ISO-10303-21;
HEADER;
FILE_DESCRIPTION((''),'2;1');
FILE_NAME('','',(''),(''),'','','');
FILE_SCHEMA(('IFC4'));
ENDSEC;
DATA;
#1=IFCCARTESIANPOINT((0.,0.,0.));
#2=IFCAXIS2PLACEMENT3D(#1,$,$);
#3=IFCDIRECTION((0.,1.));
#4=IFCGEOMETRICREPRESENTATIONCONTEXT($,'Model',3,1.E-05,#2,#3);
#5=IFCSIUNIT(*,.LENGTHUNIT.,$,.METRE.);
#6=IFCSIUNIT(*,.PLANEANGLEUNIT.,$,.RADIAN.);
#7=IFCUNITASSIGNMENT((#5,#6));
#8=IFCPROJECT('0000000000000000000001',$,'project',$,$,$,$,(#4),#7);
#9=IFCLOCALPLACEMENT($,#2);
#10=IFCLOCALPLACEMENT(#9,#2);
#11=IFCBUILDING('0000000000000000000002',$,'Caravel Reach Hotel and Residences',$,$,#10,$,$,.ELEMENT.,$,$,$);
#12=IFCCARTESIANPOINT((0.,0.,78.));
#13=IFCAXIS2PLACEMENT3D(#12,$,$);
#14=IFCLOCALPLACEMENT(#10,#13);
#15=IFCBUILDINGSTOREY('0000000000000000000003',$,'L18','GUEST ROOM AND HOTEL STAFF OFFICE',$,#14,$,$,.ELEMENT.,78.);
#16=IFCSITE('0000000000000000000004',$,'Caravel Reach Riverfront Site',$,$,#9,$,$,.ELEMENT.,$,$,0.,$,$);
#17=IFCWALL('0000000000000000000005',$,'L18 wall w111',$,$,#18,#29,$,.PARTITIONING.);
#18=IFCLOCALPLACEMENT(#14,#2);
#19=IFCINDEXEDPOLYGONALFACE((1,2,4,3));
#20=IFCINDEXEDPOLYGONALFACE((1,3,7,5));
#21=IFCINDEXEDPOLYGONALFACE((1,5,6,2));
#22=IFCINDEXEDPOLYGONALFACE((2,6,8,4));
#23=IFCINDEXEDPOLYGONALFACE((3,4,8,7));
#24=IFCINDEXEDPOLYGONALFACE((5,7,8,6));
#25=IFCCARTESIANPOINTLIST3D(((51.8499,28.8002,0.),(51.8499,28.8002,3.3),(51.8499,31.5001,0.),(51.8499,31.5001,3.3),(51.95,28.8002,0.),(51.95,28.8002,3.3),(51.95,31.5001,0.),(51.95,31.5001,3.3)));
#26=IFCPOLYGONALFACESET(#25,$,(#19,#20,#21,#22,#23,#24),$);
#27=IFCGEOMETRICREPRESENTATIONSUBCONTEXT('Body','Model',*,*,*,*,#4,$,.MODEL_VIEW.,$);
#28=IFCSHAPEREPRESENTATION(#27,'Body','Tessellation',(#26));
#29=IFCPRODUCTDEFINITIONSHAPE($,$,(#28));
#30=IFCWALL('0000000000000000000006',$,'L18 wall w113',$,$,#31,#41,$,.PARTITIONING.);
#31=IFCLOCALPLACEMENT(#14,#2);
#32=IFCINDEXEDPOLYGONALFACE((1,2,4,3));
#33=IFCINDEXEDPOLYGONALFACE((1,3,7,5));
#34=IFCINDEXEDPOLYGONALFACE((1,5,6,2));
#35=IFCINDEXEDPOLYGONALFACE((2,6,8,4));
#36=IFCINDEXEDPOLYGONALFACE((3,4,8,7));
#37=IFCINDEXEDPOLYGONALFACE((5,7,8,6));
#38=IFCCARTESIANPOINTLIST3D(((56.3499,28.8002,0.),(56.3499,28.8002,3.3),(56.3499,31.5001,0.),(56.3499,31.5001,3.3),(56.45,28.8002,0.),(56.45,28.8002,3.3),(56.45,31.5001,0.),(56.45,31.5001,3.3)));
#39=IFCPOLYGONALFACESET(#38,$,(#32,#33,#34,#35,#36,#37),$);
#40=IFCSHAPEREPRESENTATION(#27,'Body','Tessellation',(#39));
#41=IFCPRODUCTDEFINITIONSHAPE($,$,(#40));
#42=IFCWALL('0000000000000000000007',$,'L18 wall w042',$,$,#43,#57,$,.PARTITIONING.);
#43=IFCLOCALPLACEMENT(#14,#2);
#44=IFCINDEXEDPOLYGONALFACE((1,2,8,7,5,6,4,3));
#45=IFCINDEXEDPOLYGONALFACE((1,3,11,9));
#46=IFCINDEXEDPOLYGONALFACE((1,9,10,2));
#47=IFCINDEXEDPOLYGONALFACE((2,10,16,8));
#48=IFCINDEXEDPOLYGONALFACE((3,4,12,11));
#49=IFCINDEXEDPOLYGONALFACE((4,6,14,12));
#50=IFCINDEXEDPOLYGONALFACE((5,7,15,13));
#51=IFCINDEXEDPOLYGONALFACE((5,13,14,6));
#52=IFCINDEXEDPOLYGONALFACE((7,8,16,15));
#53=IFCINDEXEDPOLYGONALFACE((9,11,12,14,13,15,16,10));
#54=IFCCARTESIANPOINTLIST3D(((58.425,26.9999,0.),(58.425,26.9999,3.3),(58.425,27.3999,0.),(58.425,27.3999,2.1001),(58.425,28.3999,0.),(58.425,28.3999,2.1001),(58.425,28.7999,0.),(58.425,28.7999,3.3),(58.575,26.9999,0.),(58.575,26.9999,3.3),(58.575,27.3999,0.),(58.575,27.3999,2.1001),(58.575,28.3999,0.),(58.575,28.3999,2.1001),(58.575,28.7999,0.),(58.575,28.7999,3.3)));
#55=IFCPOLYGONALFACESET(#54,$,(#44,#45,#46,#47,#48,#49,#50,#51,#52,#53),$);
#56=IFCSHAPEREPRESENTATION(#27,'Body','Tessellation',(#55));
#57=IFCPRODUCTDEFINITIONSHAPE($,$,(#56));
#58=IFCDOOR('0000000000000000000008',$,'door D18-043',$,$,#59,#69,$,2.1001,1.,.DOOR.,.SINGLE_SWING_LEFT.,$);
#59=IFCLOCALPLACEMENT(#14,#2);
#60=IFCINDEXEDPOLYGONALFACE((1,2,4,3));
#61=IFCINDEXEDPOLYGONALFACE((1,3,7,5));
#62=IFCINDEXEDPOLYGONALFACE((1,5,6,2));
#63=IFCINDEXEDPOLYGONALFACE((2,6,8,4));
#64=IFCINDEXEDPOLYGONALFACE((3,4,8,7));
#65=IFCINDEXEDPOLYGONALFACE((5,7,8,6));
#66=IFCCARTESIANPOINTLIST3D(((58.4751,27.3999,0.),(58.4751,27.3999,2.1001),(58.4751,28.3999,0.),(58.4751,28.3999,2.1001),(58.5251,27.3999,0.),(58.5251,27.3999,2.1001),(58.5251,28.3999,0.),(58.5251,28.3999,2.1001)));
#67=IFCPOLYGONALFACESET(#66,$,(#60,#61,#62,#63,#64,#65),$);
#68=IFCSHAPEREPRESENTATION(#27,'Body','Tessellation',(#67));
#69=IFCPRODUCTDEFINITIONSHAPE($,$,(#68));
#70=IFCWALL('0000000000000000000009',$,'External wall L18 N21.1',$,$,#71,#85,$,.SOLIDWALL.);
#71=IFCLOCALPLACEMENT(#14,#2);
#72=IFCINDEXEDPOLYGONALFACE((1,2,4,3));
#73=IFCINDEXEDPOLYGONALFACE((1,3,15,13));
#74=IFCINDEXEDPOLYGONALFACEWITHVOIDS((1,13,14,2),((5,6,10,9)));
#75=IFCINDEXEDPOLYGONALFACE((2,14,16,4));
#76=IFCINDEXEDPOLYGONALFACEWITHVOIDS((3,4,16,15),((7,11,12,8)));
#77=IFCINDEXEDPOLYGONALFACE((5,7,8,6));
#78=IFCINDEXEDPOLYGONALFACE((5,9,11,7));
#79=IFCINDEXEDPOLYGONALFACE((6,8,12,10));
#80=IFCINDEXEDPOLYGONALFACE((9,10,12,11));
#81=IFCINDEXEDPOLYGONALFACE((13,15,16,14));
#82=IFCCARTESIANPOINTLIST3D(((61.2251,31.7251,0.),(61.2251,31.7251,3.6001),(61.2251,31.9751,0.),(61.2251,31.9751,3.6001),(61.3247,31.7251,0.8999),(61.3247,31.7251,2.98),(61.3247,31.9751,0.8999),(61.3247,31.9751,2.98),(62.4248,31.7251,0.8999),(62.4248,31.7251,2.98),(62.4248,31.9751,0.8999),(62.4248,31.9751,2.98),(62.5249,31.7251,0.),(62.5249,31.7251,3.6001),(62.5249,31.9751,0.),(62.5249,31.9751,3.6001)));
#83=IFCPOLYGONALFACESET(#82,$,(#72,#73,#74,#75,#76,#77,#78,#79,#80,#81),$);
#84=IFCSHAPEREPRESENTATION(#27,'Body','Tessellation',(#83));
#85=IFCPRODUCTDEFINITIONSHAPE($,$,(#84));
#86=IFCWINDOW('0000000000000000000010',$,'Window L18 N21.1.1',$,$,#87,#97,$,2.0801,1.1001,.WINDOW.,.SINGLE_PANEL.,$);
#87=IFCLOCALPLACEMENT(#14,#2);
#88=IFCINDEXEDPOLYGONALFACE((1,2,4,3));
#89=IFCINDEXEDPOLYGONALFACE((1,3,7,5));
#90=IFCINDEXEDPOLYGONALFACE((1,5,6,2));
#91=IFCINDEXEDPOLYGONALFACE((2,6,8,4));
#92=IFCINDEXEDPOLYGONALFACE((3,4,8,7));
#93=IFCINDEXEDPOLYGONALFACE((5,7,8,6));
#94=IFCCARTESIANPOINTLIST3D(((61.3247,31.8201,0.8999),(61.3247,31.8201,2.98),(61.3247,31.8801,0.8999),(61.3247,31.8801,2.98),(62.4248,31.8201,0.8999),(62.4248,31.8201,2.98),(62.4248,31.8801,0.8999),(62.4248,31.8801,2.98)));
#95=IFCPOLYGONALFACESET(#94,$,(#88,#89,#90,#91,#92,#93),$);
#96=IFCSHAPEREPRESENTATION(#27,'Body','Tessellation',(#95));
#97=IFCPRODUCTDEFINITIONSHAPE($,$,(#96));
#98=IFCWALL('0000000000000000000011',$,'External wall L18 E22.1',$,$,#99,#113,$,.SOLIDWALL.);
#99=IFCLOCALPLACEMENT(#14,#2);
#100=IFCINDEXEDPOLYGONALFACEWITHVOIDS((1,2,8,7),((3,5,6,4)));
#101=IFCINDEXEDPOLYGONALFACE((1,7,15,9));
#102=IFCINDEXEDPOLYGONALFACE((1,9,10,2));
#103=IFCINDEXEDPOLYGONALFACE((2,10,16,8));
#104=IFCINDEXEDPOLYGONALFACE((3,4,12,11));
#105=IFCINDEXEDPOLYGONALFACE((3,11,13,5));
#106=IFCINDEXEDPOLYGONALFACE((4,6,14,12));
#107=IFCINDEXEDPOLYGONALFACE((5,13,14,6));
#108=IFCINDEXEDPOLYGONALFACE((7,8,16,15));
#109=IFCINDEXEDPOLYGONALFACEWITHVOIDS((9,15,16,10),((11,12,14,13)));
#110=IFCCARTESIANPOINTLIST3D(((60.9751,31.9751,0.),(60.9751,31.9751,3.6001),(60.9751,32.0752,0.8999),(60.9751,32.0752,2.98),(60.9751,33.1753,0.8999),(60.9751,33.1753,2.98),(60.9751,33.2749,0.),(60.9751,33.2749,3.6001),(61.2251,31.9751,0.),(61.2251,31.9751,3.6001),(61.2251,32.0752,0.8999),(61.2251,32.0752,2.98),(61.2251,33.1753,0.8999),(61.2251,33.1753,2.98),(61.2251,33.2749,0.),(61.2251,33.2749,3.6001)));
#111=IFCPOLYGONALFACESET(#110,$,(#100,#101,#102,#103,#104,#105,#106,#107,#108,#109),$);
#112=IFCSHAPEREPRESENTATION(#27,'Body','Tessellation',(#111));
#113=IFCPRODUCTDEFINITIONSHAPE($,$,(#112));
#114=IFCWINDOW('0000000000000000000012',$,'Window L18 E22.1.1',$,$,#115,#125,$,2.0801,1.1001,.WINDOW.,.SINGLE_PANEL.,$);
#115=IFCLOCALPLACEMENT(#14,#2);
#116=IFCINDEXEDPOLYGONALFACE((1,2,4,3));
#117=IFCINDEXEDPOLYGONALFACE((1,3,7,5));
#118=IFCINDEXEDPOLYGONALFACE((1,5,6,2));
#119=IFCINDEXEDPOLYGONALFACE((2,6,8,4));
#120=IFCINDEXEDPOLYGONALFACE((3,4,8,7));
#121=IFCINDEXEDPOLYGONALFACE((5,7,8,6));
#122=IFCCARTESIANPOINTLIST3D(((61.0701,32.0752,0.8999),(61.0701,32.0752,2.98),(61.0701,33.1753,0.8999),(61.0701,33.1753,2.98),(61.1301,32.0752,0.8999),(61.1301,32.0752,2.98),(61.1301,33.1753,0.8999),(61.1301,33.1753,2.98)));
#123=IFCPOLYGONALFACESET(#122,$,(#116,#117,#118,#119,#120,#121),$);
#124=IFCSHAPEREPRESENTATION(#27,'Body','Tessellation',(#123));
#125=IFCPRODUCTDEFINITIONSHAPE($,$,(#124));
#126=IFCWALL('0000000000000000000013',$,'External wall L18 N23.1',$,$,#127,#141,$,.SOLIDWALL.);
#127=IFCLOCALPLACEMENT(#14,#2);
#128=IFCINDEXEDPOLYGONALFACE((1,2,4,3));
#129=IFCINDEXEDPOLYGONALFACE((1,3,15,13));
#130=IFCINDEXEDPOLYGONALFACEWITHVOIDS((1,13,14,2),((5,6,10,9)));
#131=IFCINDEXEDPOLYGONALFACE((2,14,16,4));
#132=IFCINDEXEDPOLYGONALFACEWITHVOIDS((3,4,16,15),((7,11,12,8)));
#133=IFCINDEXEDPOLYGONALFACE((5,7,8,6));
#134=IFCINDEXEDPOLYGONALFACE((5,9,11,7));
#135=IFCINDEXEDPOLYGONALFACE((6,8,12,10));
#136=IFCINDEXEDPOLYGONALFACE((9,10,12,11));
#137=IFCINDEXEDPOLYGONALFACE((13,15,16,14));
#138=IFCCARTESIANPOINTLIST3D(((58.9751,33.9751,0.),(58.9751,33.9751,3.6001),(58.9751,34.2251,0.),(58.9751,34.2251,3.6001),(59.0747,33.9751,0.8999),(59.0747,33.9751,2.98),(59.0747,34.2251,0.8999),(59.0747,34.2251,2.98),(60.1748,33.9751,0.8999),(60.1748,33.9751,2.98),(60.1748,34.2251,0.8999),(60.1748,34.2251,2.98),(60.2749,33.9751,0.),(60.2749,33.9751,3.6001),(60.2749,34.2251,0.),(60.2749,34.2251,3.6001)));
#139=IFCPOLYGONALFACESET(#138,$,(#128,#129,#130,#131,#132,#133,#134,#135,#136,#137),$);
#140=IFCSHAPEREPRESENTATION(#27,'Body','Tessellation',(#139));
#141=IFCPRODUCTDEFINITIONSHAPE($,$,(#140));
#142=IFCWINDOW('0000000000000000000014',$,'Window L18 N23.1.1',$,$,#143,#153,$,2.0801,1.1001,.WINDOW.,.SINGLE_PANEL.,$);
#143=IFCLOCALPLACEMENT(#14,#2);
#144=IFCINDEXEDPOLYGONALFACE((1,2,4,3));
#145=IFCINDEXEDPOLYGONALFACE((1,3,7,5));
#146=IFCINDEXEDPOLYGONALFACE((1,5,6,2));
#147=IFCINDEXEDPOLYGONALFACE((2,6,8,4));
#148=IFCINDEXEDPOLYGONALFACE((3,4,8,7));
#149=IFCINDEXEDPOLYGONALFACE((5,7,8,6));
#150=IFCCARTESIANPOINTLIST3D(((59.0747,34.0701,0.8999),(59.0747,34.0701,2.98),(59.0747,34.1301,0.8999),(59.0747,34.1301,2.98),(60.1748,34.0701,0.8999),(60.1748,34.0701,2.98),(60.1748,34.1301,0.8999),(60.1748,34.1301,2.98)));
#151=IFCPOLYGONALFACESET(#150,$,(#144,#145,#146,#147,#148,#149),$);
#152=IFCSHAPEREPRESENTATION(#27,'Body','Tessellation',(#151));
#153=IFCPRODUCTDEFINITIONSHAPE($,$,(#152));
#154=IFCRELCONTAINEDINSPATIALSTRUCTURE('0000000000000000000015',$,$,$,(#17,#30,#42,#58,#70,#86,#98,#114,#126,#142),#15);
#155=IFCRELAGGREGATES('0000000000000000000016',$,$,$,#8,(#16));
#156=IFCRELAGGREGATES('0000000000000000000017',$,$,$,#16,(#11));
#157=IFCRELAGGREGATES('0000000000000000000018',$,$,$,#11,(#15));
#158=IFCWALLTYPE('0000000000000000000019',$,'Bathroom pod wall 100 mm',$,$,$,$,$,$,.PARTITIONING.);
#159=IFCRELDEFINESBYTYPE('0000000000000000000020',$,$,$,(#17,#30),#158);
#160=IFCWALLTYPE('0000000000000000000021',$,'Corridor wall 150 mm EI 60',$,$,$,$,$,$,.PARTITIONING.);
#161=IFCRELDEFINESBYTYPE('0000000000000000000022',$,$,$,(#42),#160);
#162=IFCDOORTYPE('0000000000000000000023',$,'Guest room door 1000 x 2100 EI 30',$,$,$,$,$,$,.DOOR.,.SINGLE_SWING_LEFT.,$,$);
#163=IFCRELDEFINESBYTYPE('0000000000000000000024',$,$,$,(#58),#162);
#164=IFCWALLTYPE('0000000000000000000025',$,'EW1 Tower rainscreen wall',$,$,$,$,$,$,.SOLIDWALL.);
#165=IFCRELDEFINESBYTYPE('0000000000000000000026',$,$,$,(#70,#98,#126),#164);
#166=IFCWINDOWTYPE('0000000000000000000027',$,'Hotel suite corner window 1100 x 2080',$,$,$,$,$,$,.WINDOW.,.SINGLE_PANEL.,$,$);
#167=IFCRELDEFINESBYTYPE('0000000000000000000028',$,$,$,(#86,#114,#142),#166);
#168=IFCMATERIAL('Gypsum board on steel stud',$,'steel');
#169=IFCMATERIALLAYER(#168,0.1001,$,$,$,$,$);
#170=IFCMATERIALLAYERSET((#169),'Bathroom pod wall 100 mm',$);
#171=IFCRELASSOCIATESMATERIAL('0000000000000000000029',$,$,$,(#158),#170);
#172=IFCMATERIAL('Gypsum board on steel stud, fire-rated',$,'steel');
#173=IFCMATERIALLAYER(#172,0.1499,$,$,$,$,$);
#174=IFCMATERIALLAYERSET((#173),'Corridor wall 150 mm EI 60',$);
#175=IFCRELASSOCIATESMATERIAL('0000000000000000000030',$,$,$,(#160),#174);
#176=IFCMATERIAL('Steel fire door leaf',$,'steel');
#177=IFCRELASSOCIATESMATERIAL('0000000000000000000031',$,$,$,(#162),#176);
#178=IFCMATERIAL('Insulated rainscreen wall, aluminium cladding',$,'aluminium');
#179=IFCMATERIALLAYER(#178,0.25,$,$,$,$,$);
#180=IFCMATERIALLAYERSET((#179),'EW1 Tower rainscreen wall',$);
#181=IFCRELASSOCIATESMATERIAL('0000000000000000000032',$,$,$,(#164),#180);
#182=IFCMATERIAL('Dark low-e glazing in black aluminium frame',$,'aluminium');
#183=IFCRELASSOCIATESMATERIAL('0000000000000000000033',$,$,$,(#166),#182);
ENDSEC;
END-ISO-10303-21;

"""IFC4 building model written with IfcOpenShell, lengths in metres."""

from ifc_helpers import new_model, si_unit, direction, frame, frame_2d, origin, place, context, subcontext, project, spatial, rectangle, extrude, material, layer, layer_set, type_object, element, fill, save


model = new_model("IFC4")

# Units and contexts
model_context = context("Model", 3, precision=1e-05, world=origin(), true_north=direction((0.0, 1.0)))
body_context = subcontext(model_context, "Body", "Model", "MODEL_VIEW")
ifc_project = project(units=[si_unit("LENGTHUNIT", "METRE"), si_unit("PLANEANGLEUNIT", "RADIAN")], contexts=[model_context])

# Site, building, storey
site_placement = place(None, origin())
site = spatial("IfcSite", under=ifc_project, at=site_placement, Name="Caravel Reach Riverfront Site", CompositionType="ELEMENT", RefElevation=0.0)
building_placement = place(site_placement, origin())
building = spatial("IfcBuilding", under=site, at=building_placement, Name="Caravel Reach Hotel and Residences", CompositionType="ELEMENT")
storey_placement = place(building_placement, frame((0.0, 0.0, 78.0)))
storey = spatial("IfcBuildingStorey", under=building, at=storey_placement, Name="L18", Description="GUEST ROOM AND HOTEL STAFF OFFICE", CompositionType="ELEMENT", Elevation=78.0)

# Shared definitions
ifc_material_1 = material(Name="Gypsum board on steel stud", Category="steel")
ifc_layer_1 = layer(ifc_material_1, 0.1001)
ifc_layer_set_1 = layer_set([ifc_layer_1], Name="Bathroom pod wall 100 mm")
wall_type_1 = type_object("IfcWallType", Name="Bathroom pod wall 100 mm", PredefinedType="PARTITIONING", material=ifc_layer_set_1)

# Walls
for number, where, z_axis, x_axis, name in (
    (1, (51.8999, 28.8, 0.0), (0.0, 0.0, 1.0), (0.0, 1.0, 0.0), "L18 wall w111"),
    (2, (56.3999, 28.8, 0.0), (0.0, 0.0, 1.0), (0.0, 1.0, 0.0), "L18 wall w113"),
):
    element("IfcWall", number, at=place(storey_placement, frame(where, z_axis=z_axis, x_axis=x_axis)), inside=storey, type_object=wall_type_1, Name=name, PredefinedType="PARTITIONING", context=body_context, shape_type="SweptSolid", body=[
        extrude(rectangle(XDim=2.7, YDim=0.1001, at=frame_2d((1.3501, 0.0))), origin(), (0.0, 0.0, 1.0), 3.3),
    ])

# Wall, opening, door
ifc_material_2 = material(Name="Gypsum board on steel stud, fire-rated", Category="steel")
ifc_layer_2 = layer(ifc_material_2, 0.1499)
ifc_layer_set_2 = layer_set([ifc_layer_2], Name="Corridor wall 150 mm EI 60")
wall_type_2 = type_object("IfcWallType", Name="Corridor wall 150 mm EI 60", PredefinedType="PARTITIONING", material=ifc_layer_set_2)
wall_1_placement = place(storey_placement, frame((58.5, 27.0, 0.0), z_axis=(0.0, 0.0, 1.0), x_axis=(0.0, 1.0, 0.0)))
wall_1 = element("IfcWall", 3, at=wall_1_placement, inside=storey, type_object=wall_type_2, Name="L18 wall w042", PredefinedType="PARTITIONING", context=body_context, shape_type="SweptSolid", body=[
    extrude(rectangle(XDim=1.8, YDim=0.1499, at=frame_2d((0.8999, 0.0))), origin(), (0.0, 0.0, 1.0), 3.3),
])
opening_1_placement = place(wall_1_placement, frame((0.3999, 0.0, 0.0)))
opening_1 = element("IfcOpeningElement", 4, at=opening_1_placement, cuts=wall_1, PredefinedType="OPENING", context=body_context, shape_type="SweptSolid", body=[
    extrude(rectangle(XDim=1.0, YDim=2.1001, at=frame_2d((0.5, 1.05))), frame((0.0, 0.085, 0.0), z_axis=(0.0, -1.0, 0.0), x_axis=(1.0, 0.0, 0.0)), (0.0, 0.0, 1.0), 0.1699),
])
ifc_material_3 = material(Name="Steel fire door leaf", Category="steel")
door_type_1 = type_object("IfcDoorType", Name="Guest room door 1000 x 2100 EI 30", OperationType="SINGLE_SWING_LEFT", PredefinedType="DOOR", material=ifc_material_3)
door_1_placement = place(opening_1_placement, origin())
door_1 = element("IfcDoor", 5, at=door_1_placement, inside=storey, type_object=door_type_1, Name="door D18-043", OperationType="SINGLE_SWING_LEFT", OverallHeight=2.1001, OverallWidth=1.0, PredefinedType="DOOR", context=body_context, shape_type="SweptSolid", body=[
    extrude(rectangle(XDim=1.0, YDim=2.1001, at=frame_2d((0.5, 1.05))), frame((0.0, 0.0249, 0.0), z_axis=(0.0, -1.0, 0.0), x_axis=(1.0, 0.0, 0.0)), (0.0, 0.0, 1.0), 0.05),
])
fill(opening_1, door_1)

# Walls, openings, windows
ifc_material_4 = material(Name="Insulated rainscreen wall, aluminium cladding", Category="aluminium")
ifc_layer_3 = layer(ifc_material_4, 0.25)
ifc_layer_set_3 = layer_set([ifc_layer_3], Name="EW1 Tower rainscreen wall")
wall_type_3 = type_object("IfcWallType", Name="EW1 Tower rainscreen wall", PredefinedType="SOLIDWALL", material=ifc_layer_set_3)
wall_2_placement = place(storey_placement, frame((62.5249, 31.8501, 0.0), z_axis=(0.0, 0.0, 1.0), x_axis=(-1.0, 0.0, 0.0)))
wall_2 = element("IfcWall", 6, at=wall_2_placement, inside=storey, type_object=wall_type_3, Name="External wall L18 N21.1", PredefinedType="SOLIDWALL", context=body_context, shape_type="SweptSolid", body=[
    extrude(rectangle(XDim=1.2998, YDim=0.25, at=frame_2d((0.6499, 0.0))), origin(), (0.0, 0.0, 1.0), 3.6001),
])
opening_2_placement = place(wall_2_placement, frame((0.1001, 0.0, 0.8999)))
opening_2 = element("IfcOpeningElement", 7, at=opening_2_placement, cuts=wall_2, PredefinedType="OPENING", context=body_context, shape_type="SweptSolid", body=[
    extrude(rectangle(XDim=1.1001, YDim=2.0801, at=frame_2d((0.55, 1.04))), frame((0.0, 0.135, 0.0), z_axis=(0.0, -1.0, 0.0), x_axis=(1.0, 0.0, 0.0)), (0.0, 0.0, 1.0), 0.27),
])
ifc_material_5 = material(Name="Dark low-e glazing in black aluminium frame", Category="aluminium")
window_type_1 = type_object("IfcWindowType", Name="Hotel suite corner window 1100 x 2080", PartitioningType="SINGLE_PANEL", PredefinedType="WINDOW", material=ifc_material_5)
window_1_placement = place(opening_2_placement, origin())
window_1 = element("IfcWindow", 8, at=window_1_placement, inside=storey, type_object=window_type_1, Name="Window L18 N21.1.1", OverallHeight=2.0801, OverallWidth=1.1001, PartitioningType="SINGLE_PANEL", PredefinedType="WINDOW", context=body_context, shape_type="SweptSolid", body=[
    extrude(rectangle(XDim=1.1001, YDim=2.0801, at=frame_2d((0.55, 1.04))), frame((0.0, 0.03, 0.0), z_axis=(0.0, -1.0, 0.0), x_axis=(1.0, 0.0, 0.0)), (0.0, 0.0, 1.0), 0.0601),
])
fill(opening_2, window_1)
wall_3_placement = place(storey_placement, frame((61.1001, 31.9751, 0.0), z_axis=(0.0, 0.0, 1.0), x_axis=(0.0, 1.0, 0.0)))
wall_3 = element("IfcWall", 9, at=wall_3_placement, inside=storey, type_object=wall_type_3, Name="External wall L18 E22.1", PredefinedType="SOLIDWALL", context=body_context, shape_type="SweptSolid", body=[
    extrude(rectangle(XDim=1.2998, YDim=0.25, at=frame_2d((0.6499, 0.0))), origin(), (0.0, 0.0, 1.0), 3.6001),
])
opening_3_placement = place(wall_3_placement, frame((0.1001, 0.0, 0.8999)))
opening_3 = element("IfcOpeningElement", 10, at=opening_3_placement, cuts=wall_3, PredefinedType="OPENING", context=body_context, shape_type="SweptSolid", body=[
    extrude(rectangle(XDim=1.1001, YDim=2.0801, at=frame_2d((0.55, 1.04))), frame((0.0, 0.135, 0.0), z_axis=(0.0, -1.0, 0.0), x_axis=(1.0, 0.0, 0.0)), (0.0, 0.0, 1.0), 0.27),
])
window_2_placement = place(opening_3_placement, origin())
window_2 = element("IfcWindow", 11, at=window_2_placement, inside=storey, type_object=window_type_1, Name="Window L18 E22.1.1", OverallHeight=2.0801, OverallWidth=1.1001, PartitioningType="SINGLE_PANEL", PredefinedType="WINDOW", context=body_context, shape_type="SweptSolid", body=[
    extrude(rectangle(XDim=1.1001, YDim=2.0801, at=frame_2d((0.55, 1.04))), frame((0.0, 0.03, 0.0), z_axis=(0.0, -1.0, 0.0), x_axis=(1.0, 0.0, 0.0)), (0.0, 0.0, 1.0), 0.0601),
])
fill(opening_3, window_2)
wall_4_placement = place(storey_placement, frame((60.2749, 34.1001, 0.0), z_axis=(0.0, 0.0, 1.0), x_axis=(-1.0, 0.0, 0.0)))
wall_4 = element("IfcWall", 12, at=wall_4_placement, inside=storey, type_object=wall_type_3, Name="External wall L18 N23.1", PredefinedType="SOLIDWALL", context=body_context, shape_type="SweptSolid", body=[
    extrude(rectangle(XDim=1.2998, YDim=0.25, at=frame_2d((0.6499, 0.0))), origin(), (0.0, 0.0, 1.0), 3.6001),
])
opening_4_placement = place(wall_4_placement, frame((0.1001, 0.0, 0.8999)))
opening_4 = element("IfcOpeningElement", 13, at=opening_4_placement, cuts=wall_4, PredefinedType="OPENING", context=body_context, shape_type="SweptSolid", body=[
    extrude(rectangle(XDim=1.1001, YDim=2.0801, at=frame_2d((0.55, 1.04))), frame((0.0, 0.135, 0.0), z_axis=(0.0, -1.0, 0.0), x_axis=(1.0, 0.0, 0.0)), (0.0, 0.0, 1.0), 0.27),
])
window_3_placement = place(opening_4_placement, origin())
window_3 = element("IfcWindow", 14, at=window_3_placement, inside=storey, type_object=window_type_1, Name="Window L18 N23.1.1", OverallHeight=2.0801, OverallWidth=1.1001, PartitioningType="SINGLE_PANEL", PredefinedType="WINDOW", context=body_context, shape_type="SweptSolid", body=[
    extrude(rectangle(XDim=1.1001, YDim=2.0801, at=frame_2d((0.55, 1.04))), frame((0.0, 0.03, 0.0), z_axis=(0.0, -1.0, 0.0), x_axis=(1.0, 0.0, 0.0)), (0.0, 0.0, 1.0), 0.0601),
])
fill(opening_4, window_3)

save(model, "model.ifc")
